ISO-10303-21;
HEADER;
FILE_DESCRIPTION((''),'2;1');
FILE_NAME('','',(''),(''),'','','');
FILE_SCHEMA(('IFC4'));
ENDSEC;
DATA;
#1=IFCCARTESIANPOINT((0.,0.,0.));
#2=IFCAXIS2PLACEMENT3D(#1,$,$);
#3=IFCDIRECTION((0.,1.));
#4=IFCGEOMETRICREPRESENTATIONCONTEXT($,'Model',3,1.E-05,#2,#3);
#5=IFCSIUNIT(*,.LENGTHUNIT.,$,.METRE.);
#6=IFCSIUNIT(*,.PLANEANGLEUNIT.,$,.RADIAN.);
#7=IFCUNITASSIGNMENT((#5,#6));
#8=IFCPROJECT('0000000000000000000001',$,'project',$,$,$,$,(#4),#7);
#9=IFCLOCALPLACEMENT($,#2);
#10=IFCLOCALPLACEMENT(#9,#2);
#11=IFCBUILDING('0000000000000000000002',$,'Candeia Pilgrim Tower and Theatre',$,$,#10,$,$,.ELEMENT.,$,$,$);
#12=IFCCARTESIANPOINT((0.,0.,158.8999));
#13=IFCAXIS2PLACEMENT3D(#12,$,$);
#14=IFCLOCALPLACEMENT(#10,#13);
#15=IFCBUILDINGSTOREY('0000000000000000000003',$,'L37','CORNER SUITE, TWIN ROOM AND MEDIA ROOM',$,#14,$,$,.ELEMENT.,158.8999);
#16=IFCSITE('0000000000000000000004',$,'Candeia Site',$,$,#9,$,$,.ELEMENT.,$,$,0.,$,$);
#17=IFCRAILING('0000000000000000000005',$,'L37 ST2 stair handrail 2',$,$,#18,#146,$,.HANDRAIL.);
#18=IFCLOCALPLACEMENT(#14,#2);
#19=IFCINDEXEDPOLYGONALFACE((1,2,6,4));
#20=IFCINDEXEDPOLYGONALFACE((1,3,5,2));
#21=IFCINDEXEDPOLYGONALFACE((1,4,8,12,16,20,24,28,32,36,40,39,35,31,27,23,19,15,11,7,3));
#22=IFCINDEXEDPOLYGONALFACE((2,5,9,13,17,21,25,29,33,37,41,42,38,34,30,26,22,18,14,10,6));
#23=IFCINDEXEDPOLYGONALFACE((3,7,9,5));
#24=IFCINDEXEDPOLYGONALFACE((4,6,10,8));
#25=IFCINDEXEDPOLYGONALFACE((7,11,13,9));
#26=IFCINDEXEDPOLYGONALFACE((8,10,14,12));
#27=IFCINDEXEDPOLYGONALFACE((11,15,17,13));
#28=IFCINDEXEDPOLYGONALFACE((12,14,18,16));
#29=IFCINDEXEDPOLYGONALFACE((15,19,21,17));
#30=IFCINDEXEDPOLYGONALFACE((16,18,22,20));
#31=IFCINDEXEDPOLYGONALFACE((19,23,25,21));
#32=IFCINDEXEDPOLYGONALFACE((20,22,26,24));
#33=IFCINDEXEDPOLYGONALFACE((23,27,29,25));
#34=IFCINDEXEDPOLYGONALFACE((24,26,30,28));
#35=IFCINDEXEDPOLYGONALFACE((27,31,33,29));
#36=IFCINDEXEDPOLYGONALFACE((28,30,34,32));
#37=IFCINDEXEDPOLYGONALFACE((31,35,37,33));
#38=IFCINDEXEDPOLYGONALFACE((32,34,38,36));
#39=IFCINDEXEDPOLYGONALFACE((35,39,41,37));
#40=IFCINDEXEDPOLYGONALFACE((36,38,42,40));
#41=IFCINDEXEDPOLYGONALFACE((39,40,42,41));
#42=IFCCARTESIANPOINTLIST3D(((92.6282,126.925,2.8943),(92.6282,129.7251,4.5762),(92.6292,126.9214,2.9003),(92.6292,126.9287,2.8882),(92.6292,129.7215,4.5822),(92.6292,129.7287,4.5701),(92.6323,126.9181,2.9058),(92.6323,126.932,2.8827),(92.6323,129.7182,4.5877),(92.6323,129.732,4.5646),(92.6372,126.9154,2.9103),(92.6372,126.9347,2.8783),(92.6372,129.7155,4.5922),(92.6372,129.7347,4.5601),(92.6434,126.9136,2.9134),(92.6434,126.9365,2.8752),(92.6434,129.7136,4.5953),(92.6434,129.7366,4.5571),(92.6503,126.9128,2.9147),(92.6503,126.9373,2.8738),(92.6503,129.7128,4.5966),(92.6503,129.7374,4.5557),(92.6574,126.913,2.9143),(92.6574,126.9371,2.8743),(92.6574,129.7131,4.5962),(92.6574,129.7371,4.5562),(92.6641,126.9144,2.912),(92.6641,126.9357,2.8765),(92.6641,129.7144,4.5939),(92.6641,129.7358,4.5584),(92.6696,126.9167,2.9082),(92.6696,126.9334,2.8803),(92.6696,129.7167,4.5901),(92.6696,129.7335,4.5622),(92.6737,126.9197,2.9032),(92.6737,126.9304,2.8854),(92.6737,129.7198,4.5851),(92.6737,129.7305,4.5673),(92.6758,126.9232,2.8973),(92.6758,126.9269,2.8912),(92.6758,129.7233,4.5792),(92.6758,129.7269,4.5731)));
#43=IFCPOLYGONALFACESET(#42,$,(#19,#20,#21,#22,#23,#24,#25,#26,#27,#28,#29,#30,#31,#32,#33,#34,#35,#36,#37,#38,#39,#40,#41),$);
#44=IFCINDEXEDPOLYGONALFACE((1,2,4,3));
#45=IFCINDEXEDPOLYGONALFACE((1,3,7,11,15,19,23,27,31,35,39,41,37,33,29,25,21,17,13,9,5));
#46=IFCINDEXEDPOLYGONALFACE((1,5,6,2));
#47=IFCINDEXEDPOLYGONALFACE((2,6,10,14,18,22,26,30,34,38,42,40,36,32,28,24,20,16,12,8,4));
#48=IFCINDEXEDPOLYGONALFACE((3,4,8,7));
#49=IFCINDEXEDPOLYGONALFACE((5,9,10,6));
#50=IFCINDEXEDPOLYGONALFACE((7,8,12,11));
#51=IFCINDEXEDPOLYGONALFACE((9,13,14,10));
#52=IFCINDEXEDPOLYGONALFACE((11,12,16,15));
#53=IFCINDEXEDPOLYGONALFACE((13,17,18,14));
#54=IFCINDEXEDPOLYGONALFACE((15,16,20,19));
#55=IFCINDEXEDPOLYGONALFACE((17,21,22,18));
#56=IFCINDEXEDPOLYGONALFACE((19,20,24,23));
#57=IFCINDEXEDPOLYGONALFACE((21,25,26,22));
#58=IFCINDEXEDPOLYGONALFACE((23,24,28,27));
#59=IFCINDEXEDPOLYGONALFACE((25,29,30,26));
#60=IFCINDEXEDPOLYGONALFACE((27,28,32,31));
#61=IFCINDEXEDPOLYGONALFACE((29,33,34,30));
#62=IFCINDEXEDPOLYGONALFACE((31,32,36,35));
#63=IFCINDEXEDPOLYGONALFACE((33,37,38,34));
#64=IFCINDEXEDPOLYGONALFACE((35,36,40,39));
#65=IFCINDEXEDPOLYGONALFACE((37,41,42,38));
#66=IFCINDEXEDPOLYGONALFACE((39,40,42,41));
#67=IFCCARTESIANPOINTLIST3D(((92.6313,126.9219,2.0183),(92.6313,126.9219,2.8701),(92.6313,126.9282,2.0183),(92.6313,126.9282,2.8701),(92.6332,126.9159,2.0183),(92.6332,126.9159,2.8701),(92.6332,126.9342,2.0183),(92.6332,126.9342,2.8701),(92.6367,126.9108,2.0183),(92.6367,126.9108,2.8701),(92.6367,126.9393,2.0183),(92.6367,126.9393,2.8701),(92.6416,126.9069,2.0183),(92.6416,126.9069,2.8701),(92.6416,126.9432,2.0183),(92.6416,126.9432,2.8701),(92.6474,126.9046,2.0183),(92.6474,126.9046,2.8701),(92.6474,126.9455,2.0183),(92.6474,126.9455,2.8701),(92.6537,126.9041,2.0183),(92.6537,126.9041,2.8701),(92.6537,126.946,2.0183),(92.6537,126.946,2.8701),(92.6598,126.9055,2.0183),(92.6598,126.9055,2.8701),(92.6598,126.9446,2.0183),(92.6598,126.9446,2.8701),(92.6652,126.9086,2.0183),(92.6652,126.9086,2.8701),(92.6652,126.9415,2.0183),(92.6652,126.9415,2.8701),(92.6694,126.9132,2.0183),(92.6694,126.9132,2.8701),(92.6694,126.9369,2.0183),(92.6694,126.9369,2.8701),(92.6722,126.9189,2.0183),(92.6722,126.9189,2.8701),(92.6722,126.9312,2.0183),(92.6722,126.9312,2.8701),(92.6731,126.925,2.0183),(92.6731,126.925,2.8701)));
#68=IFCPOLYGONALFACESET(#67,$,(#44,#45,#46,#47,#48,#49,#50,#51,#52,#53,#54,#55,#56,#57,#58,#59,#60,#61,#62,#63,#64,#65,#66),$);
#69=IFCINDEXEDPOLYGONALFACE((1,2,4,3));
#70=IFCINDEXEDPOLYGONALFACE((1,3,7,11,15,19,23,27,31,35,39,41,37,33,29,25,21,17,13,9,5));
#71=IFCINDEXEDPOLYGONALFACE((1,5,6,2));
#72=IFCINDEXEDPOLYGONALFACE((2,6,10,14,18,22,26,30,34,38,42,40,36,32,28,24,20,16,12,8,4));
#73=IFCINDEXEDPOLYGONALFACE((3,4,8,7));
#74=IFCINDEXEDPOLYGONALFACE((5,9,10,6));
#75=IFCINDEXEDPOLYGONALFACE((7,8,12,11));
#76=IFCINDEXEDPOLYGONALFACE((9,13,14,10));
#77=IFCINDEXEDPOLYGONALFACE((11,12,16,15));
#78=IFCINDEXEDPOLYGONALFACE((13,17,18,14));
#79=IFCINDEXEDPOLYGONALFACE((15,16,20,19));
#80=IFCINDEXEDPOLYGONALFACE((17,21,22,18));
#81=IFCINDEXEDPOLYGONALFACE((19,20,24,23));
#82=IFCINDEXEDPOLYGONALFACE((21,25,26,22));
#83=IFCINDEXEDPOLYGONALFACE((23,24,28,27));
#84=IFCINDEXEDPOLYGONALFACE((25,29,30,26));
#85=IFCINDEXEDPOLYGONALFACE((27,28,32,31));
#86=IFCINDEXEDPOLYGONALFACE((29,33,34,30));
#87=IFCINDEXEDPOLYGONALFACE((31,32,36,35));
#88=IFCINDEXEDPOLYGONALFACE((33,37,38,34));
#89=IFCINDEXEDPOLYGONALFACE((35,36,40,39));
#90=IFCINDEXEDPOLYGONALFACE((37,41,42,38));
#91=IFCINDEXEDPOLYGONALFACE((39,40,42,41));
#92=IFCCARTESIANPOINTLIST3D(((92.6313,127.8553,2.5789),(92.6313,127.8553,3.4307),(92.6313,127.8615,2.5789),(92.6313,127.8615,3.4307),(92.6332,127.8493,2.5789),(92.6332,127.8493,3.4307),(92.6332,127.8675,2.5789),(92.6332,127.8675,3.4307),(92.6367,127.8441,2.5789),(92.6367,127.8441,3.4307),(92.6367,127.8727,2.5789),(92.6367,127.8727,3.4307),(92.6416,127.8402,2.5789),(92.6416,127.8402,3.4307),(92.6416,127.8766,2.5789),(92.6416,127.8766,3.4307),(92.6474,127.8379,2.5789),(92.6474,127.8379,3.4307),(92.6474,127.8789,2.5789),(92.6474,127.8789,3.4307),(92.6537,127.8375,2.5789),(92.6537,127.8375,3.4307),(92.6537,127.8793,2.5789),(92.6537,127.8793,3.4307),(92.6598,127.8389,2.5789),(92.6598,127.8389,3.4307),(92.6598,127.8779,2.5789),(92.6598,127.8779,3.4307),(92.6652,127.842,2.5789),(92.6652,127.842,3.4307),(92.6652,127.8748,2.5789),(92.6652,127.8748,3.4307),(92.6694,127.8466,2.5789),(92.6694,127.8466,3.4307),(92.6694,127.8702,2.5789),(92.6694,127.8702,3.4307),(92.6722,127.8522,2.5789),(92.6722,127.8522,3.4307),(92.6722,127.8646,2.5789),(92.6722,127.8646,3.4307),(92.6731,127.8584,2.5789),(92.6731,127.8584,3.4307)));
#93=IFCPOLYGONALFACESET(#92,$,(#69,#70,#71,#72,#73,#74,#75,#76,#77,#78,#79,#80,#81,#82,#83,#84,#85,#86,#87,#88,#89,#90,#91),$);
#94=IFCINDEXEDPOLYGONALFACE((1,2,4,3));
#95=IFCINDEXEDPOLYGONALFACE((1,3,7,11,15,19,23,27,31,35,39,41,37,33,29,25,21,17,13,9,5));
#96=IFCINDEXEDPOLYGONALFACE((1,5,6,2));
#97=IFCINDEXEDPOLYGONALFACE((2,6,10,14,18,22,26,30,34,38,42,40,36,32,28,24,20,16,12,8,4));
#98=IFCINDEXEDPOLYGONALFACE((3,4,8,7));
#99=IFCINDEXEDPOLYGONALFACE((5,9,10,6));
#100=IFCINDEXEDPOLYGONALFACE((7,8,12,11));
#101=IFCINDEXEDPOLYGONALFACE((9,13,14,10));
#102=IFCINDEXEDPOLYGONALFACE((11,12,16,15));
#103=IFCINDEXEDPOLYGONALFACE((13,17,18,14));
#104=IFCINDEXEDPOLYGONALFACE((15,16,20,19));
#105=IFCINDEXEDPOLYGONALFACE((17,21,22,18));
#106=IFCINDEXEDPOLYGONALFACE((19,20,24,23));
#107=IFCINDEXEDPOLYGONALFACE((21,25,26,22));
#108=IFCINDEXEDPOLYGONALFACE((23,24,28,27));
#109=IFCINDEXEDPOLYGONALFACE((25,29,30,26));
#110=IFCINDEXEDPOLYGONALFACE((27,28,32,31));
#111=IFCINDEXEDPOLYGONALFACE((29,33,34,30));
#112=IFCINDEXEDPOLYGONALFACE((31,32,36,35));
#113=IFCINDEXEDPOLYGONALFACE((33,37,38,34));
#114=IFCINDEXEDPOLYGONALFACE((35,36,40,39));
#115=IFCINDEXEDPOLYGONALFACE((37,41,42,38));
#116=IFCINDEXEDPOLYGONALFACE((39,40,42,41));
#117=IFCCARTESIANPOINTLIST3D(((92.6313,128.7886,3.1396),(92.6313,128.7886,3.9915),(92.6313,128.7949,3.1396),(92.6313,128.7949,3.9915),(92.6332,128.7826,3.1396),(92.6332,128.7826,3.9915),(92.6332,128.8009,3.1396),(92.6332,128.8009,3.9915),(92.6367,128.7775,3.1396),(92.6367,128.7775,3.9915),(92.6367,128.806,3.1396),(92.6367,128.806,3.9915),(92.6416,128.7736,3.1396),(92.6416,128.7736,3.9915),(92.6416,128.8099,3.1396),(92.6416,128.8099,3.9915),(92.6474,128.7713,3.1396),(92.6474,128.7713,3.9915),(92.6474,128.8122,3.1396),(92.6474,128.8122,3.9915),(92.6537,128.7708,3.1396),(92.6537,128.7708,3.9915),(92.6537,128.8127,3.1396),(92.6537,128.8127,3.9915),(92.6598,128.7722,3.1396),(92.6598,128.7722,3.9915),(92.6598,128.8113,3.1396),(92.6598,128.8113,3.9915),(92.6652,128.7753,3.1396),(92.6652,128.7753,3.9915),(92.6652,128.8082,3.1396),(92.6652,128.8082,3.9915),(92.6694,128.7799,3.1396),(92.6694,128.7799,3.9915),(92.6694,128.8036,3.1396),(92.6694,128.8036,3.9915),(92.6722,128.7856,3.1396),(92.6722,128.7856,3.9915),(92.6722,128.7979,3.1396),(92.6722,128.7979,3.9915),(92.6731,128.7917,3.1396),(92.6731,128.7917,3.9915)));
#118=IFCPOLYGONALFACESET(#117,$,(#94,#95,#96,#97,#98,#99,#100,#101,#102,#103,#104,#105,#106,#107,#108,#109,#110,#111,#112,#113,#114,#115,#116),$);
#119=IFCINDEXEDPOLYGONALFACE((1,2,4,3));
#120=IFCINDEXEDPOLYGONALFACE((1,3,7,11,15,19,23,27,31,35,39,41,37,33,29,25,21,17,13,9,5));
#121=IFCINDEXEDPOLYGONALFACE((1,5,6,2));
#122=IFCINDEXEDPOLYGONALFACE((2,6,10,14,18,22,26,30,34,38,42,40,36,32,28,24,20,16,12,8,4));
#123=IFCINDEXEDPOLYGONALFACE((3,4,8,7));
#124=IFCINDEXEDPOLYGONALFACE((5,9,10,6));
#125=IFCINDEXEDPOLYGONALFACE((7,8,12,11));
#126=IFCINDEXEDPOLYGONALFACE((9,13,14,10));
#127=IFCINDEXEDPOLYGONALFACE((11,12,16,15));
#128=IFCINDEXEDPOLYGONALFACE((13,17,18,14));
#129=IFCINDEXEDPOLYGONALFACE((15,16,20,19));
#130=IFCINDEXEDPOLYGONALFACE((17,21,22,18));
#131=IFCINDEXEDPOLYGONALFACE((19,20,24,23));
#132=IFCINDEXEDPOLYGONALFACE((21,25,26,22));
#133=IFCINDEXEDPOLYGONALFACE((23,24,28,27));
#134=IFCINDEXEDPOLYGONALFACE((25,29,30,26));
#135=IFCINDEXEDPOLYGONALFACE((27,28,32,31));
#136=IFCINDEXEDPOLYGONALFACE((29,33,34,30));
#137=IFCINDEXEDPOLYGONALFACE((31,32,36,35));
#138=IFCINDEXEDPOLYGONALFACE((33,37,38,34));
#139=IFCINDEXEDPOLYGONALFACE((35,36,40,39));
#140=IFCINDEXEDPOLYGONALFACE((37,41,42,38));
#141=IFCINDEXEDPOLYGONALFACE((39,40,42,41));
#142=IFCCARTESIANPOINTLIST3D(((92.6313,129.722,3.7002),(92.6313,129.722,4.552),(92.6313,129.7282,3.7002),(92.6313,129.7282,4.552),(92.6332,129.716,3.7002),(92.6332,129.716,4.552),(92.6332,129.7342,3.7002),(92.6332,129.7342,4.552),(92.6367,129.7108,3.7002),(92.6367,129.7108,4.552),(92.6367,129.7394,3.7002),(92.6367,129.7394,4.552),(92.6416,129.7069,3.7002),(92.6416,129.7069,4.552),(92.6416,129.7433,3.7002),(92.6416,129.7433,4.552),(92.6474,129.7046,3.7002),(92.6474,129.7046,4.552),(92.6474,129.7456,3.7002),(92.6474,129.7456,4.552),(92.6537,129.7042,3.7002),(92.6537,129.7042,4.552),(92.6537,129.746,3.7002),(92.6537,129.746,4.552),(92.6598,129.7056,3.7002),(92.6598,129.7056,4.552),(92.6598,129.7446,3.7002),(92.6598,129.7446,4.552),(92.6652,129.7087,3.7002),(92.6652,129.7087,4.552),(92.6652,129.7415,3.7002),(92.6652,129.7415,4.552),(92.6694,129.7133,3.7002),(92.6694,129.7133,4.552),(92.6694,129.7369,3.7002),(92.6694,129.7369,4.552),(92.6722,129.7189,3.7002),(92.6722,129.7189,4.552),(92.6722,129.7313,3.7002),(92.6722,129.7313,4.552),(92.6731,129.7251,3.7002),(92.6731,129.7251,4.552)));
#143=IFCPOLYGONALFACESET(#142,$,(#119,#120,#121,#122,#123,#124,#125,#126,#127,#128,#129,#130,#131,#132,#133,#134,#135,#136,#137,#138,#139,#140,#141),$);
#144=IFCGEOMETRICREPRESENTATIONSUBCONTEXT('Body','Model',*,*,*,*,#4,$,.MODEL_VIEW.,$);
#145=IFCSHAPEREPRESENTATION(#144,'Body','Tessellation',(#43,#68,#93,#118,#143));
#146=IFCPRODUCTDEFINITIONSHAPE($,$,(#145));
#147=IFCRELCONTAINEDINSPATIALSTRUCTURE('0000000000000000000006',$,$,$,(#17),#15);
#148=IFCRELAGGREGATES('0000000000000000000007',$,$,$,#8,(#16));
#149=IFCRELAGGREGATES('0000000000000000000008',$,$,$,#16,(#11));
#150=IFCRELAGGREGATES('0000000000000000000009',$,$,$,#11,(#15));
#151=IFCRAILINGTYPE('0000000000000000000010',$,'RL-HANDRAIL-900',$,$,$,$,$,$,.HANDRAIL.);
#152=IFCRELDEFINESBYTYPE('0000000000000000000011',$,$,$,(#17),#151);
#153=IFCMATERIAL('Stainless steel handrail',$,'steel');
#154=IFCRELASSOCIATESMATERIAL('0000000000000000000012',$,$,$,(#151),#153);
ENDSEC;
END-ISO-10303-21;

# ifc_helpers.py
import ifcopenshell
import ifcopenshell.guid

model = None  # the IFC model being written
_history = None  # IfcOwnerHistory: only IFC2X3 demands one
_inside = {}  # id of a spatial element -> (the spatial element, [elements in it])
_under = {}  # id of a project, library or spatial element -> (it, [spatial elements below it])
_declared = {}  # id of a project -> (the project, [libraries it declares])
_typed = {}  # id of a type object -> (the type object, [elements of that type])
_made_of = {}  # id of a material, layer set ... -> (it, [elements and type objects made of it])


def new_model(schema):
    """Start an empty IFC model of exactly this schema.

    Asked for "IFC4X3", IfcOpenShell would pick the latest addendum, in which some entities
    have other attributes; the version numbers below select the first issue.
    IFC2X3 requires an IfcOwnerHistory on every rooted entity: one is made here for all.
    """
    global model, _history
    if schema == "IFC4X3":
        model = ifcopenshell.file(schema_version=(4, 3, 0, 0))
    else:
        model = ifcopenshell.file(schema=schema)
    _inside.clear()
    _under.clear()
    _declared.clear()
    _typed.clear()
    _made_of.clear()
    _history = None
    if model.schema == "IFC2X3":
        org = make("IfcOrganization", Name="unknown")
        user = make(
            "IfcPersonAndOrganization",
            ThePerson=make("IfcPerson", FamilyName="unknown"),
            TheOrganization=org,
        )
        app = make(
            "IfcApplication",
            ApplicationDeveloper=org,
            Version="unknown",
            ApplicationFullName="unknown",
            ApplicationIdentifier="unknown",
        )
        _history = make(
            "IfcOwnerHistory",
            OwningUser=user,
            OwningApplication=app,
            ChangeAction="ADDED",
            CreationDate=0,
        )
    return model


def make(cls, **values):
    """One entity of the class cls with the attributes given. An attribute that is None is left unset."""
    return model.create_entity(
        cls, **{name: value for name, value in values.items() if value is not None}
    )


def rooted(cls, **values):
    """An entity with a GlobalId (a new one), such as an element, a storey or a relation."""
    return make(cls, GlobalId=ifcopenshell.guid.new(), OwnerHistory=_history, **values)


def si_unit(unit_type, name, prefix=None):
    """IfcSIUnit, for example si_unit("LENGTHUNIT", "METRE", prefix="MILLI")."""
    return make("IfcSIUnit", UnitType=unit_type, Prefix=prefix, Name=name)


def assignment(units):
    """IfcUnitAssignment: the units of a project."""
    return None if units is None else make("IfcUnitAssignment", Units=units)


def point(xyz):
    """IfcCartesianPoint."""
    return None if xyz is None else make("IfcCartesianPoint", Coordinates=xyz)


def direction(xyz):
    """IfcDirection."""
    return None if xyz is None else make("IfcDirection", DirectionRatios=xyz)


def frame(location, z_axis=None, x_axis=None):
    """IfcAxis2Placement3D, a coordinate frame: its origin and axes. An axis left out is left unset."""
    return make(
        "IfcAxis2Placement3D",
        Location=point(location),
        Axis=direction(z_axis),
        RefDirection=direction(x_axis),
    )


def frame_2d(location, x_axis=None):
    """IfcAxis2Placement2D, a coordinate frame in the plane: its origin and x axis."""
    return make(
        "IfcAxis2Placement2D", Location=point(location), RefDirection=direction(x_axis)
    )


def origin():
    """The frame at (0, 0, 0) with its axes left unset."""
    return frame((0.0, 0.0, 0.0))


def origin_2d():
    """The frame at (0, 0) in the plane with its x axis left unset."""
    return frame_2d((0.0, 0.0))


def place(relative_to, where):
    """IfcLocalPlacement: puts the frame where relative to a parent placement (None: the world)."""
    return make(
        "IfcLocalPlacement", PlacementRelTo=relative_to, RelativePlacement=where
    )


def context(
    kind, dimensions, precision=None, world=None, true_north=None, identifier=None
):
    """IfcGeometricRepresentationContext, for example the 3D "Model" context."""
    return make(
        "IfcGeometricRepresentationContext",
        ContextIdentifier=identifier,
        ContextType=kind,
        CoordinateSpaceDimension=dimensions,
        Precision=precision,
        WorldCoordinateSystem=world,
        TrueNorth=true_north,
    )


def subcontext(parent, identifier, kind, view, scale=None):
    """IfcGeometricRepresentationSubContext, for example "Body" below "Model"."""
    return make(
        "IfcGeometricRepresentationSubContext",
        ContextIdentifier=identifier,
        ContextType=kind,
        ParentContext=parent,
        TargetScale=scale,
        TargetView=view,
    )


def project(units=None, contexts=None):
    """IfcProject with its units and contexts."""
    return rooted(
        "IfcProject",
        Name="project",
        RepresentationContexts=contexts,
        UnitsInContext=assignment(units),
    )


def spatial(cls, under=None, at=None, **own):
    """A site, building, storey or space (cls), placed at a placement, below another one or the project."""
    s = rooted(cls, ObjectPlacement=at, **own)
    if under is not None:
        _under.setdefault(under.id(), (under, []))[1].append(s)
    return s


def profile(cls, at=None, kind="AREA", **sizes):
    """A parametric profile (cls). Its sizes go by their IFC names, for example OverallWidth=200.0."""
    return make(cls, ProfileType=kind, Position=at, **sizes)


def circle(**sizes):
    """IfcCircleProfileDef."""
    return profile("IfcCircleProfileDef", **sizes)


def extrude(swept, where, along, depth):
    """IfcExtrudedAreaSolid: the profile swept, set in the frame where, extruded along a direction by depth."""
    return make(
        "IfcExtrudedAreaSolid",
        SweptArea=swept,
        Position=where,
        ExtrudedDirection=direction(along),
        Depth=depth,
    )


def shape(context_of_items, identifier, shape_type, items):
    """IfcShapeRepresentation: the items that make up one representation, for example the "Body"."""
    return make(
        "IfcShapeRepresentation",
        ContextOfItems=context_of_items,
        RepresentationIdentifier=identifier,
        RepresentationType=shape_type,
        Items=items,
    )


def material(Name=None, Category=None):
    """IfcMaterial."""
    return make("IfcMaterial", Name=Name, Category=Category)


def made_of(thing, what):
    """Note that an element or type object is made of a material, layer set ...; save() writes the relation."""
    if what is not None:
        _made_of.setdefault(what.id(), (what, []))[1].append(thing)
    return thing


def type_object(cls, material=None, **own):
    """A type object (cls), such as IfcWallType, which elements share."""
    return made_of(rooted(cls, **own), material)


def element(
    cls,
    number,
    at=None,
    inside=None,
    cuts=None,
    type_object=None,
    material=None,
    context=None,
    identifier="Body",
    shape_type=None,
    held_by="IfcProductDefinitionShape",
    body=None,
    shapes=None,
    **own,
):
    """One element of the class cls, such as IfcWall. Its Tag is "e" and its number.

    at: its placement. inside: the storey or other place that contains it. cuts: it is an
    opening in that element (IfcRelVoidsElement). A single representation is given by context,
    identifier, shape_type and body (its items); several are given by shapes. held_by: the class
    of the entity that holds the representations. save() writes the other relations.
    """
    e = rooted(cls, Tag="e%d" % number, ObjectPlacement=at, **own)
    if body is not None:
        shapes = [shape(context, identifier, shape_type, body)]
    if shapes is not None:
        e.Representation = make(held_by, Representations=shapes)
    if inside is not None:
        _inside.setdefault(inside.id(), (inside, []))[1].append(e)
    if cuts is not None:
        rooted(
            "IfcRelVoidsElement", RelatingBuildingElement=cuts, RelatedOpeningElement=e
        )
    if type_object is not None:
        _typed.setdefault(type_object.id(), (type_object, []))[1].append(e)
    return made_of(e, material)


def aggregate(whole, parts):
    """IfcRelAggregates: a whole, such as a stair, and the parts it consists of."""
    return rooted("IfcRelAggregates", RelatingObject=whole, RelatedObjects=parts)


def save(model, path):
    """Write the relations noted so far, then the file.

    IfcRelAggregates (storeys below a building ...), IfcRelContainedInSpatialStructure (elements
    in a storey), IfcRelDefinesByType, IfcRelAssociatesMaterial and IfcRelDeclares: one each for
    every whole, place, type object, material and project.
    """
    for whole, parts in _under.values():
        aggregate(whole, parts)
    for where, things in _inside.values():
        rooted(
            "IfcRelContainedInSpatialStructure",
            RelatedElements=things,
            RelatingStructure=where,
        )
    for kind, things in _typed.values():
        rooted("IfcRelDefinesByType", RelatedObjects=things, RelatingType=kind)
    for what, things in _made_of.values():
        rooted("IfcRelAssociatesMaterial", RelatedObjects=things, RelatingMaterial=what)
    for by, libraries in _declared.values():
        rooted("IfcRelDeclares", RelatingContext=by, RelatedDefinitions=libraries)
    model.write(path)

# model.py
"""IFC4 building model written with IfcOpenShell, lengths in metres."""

from ifc_helpers import new_model, si_unit, direction, frame, origin, origin_2d, place, context, subcontext, project, spatial, circle, extrude, material, type_object, element, save


model = new_model("IFC4")

# Units and contexts
model_context = context("Model", 3, precision=1e-05, world=origin(), true_north=direction((0.0, 1.0)))
body_context = subcontext(model_context, "Body", "Model", "MODEL_VIEW")
ifc_project = project(units=[si_unit("LENGTHUNIT", "METRE"), si_unit("PLANEANGLEUNIT", "RADIAN")], contexts=[model_context])

# Site, building, storey
site_placement = place(None, origin())
site = spatial("IfcSite", under=ifc_project, at=site_placement, Name="Candeia Site", CompositionType="ELEMENT", RefElevation=0.0)
building_placement = place(site_placement, origin())
building = spatial("IfcBuilding", under=site, at=building_placement, Name="Candeia Pilgrim Tower and Theatre", CompositionType="ELEMENT")
storey_placement = place(building_placement, frame((0.0, 0.0, 158.8999)))
storey = spatial("IfcBuildingStorey", under=building, at=storey_placement, Name="L37", Description="CORNER SUITE, TWIN ROOM AND MEDIA ROOM", CompositionType="ELEMENT", Elevation=158.8999)

# Railing
ifc_material_1 = material(Name="Stainless steel handrail", Category="steel")
railing_type = type_object("IfcRailingType", Name="RL-HANDRAIL-900", PredefinedType="HANDRAIL", material=ifc_material_1)
for number, where, name in (
    (1, (92.6521, 126.925, 2.0183), "L37 ST2 stair handrail 2"),
):
    element("IfcRailing", number, at=place(storey_placement, frame(where)), inside=storey, type_object=railing_type, Name=name, PredefinedType="HANDRAIL", context=body_context, shape_type="SweptSolid", body=[
        extrude(circle(Radius=0.0239, at=origin_2d()), frame((0.0, 0.0, 0.876), z_axis=(0.0, 0.857242, 0.514913), x_axis=(-1.0, 0.0, 0.0)), (0.0, 0.0, 1.0), 3.2664),
        extrude(circle(Radius=0.021, at=origin_2d()), origin(), (0.0, 0.0, 1.0), 0.8518),
        extrude(circle(Radius=0.021, at=origin_2d()), frame((0.0, 0.9333, 0.5605)), (0.0, 0.0, 1.0), 0.8518),
        extrude(circle(Radius=0.021, at=origin_2d()), frame((0.0, 1.8667, 1.1213)), (0.0, 0.0, 1.0), 0.8518),
        extrude(circle(Radius=0.021, at=origin_2d()), frame((0.0, 2.8, 1.6819)), (0.0, 0.0, 1.0), 0.8518),
    ])

save(model, "model.ifc")
